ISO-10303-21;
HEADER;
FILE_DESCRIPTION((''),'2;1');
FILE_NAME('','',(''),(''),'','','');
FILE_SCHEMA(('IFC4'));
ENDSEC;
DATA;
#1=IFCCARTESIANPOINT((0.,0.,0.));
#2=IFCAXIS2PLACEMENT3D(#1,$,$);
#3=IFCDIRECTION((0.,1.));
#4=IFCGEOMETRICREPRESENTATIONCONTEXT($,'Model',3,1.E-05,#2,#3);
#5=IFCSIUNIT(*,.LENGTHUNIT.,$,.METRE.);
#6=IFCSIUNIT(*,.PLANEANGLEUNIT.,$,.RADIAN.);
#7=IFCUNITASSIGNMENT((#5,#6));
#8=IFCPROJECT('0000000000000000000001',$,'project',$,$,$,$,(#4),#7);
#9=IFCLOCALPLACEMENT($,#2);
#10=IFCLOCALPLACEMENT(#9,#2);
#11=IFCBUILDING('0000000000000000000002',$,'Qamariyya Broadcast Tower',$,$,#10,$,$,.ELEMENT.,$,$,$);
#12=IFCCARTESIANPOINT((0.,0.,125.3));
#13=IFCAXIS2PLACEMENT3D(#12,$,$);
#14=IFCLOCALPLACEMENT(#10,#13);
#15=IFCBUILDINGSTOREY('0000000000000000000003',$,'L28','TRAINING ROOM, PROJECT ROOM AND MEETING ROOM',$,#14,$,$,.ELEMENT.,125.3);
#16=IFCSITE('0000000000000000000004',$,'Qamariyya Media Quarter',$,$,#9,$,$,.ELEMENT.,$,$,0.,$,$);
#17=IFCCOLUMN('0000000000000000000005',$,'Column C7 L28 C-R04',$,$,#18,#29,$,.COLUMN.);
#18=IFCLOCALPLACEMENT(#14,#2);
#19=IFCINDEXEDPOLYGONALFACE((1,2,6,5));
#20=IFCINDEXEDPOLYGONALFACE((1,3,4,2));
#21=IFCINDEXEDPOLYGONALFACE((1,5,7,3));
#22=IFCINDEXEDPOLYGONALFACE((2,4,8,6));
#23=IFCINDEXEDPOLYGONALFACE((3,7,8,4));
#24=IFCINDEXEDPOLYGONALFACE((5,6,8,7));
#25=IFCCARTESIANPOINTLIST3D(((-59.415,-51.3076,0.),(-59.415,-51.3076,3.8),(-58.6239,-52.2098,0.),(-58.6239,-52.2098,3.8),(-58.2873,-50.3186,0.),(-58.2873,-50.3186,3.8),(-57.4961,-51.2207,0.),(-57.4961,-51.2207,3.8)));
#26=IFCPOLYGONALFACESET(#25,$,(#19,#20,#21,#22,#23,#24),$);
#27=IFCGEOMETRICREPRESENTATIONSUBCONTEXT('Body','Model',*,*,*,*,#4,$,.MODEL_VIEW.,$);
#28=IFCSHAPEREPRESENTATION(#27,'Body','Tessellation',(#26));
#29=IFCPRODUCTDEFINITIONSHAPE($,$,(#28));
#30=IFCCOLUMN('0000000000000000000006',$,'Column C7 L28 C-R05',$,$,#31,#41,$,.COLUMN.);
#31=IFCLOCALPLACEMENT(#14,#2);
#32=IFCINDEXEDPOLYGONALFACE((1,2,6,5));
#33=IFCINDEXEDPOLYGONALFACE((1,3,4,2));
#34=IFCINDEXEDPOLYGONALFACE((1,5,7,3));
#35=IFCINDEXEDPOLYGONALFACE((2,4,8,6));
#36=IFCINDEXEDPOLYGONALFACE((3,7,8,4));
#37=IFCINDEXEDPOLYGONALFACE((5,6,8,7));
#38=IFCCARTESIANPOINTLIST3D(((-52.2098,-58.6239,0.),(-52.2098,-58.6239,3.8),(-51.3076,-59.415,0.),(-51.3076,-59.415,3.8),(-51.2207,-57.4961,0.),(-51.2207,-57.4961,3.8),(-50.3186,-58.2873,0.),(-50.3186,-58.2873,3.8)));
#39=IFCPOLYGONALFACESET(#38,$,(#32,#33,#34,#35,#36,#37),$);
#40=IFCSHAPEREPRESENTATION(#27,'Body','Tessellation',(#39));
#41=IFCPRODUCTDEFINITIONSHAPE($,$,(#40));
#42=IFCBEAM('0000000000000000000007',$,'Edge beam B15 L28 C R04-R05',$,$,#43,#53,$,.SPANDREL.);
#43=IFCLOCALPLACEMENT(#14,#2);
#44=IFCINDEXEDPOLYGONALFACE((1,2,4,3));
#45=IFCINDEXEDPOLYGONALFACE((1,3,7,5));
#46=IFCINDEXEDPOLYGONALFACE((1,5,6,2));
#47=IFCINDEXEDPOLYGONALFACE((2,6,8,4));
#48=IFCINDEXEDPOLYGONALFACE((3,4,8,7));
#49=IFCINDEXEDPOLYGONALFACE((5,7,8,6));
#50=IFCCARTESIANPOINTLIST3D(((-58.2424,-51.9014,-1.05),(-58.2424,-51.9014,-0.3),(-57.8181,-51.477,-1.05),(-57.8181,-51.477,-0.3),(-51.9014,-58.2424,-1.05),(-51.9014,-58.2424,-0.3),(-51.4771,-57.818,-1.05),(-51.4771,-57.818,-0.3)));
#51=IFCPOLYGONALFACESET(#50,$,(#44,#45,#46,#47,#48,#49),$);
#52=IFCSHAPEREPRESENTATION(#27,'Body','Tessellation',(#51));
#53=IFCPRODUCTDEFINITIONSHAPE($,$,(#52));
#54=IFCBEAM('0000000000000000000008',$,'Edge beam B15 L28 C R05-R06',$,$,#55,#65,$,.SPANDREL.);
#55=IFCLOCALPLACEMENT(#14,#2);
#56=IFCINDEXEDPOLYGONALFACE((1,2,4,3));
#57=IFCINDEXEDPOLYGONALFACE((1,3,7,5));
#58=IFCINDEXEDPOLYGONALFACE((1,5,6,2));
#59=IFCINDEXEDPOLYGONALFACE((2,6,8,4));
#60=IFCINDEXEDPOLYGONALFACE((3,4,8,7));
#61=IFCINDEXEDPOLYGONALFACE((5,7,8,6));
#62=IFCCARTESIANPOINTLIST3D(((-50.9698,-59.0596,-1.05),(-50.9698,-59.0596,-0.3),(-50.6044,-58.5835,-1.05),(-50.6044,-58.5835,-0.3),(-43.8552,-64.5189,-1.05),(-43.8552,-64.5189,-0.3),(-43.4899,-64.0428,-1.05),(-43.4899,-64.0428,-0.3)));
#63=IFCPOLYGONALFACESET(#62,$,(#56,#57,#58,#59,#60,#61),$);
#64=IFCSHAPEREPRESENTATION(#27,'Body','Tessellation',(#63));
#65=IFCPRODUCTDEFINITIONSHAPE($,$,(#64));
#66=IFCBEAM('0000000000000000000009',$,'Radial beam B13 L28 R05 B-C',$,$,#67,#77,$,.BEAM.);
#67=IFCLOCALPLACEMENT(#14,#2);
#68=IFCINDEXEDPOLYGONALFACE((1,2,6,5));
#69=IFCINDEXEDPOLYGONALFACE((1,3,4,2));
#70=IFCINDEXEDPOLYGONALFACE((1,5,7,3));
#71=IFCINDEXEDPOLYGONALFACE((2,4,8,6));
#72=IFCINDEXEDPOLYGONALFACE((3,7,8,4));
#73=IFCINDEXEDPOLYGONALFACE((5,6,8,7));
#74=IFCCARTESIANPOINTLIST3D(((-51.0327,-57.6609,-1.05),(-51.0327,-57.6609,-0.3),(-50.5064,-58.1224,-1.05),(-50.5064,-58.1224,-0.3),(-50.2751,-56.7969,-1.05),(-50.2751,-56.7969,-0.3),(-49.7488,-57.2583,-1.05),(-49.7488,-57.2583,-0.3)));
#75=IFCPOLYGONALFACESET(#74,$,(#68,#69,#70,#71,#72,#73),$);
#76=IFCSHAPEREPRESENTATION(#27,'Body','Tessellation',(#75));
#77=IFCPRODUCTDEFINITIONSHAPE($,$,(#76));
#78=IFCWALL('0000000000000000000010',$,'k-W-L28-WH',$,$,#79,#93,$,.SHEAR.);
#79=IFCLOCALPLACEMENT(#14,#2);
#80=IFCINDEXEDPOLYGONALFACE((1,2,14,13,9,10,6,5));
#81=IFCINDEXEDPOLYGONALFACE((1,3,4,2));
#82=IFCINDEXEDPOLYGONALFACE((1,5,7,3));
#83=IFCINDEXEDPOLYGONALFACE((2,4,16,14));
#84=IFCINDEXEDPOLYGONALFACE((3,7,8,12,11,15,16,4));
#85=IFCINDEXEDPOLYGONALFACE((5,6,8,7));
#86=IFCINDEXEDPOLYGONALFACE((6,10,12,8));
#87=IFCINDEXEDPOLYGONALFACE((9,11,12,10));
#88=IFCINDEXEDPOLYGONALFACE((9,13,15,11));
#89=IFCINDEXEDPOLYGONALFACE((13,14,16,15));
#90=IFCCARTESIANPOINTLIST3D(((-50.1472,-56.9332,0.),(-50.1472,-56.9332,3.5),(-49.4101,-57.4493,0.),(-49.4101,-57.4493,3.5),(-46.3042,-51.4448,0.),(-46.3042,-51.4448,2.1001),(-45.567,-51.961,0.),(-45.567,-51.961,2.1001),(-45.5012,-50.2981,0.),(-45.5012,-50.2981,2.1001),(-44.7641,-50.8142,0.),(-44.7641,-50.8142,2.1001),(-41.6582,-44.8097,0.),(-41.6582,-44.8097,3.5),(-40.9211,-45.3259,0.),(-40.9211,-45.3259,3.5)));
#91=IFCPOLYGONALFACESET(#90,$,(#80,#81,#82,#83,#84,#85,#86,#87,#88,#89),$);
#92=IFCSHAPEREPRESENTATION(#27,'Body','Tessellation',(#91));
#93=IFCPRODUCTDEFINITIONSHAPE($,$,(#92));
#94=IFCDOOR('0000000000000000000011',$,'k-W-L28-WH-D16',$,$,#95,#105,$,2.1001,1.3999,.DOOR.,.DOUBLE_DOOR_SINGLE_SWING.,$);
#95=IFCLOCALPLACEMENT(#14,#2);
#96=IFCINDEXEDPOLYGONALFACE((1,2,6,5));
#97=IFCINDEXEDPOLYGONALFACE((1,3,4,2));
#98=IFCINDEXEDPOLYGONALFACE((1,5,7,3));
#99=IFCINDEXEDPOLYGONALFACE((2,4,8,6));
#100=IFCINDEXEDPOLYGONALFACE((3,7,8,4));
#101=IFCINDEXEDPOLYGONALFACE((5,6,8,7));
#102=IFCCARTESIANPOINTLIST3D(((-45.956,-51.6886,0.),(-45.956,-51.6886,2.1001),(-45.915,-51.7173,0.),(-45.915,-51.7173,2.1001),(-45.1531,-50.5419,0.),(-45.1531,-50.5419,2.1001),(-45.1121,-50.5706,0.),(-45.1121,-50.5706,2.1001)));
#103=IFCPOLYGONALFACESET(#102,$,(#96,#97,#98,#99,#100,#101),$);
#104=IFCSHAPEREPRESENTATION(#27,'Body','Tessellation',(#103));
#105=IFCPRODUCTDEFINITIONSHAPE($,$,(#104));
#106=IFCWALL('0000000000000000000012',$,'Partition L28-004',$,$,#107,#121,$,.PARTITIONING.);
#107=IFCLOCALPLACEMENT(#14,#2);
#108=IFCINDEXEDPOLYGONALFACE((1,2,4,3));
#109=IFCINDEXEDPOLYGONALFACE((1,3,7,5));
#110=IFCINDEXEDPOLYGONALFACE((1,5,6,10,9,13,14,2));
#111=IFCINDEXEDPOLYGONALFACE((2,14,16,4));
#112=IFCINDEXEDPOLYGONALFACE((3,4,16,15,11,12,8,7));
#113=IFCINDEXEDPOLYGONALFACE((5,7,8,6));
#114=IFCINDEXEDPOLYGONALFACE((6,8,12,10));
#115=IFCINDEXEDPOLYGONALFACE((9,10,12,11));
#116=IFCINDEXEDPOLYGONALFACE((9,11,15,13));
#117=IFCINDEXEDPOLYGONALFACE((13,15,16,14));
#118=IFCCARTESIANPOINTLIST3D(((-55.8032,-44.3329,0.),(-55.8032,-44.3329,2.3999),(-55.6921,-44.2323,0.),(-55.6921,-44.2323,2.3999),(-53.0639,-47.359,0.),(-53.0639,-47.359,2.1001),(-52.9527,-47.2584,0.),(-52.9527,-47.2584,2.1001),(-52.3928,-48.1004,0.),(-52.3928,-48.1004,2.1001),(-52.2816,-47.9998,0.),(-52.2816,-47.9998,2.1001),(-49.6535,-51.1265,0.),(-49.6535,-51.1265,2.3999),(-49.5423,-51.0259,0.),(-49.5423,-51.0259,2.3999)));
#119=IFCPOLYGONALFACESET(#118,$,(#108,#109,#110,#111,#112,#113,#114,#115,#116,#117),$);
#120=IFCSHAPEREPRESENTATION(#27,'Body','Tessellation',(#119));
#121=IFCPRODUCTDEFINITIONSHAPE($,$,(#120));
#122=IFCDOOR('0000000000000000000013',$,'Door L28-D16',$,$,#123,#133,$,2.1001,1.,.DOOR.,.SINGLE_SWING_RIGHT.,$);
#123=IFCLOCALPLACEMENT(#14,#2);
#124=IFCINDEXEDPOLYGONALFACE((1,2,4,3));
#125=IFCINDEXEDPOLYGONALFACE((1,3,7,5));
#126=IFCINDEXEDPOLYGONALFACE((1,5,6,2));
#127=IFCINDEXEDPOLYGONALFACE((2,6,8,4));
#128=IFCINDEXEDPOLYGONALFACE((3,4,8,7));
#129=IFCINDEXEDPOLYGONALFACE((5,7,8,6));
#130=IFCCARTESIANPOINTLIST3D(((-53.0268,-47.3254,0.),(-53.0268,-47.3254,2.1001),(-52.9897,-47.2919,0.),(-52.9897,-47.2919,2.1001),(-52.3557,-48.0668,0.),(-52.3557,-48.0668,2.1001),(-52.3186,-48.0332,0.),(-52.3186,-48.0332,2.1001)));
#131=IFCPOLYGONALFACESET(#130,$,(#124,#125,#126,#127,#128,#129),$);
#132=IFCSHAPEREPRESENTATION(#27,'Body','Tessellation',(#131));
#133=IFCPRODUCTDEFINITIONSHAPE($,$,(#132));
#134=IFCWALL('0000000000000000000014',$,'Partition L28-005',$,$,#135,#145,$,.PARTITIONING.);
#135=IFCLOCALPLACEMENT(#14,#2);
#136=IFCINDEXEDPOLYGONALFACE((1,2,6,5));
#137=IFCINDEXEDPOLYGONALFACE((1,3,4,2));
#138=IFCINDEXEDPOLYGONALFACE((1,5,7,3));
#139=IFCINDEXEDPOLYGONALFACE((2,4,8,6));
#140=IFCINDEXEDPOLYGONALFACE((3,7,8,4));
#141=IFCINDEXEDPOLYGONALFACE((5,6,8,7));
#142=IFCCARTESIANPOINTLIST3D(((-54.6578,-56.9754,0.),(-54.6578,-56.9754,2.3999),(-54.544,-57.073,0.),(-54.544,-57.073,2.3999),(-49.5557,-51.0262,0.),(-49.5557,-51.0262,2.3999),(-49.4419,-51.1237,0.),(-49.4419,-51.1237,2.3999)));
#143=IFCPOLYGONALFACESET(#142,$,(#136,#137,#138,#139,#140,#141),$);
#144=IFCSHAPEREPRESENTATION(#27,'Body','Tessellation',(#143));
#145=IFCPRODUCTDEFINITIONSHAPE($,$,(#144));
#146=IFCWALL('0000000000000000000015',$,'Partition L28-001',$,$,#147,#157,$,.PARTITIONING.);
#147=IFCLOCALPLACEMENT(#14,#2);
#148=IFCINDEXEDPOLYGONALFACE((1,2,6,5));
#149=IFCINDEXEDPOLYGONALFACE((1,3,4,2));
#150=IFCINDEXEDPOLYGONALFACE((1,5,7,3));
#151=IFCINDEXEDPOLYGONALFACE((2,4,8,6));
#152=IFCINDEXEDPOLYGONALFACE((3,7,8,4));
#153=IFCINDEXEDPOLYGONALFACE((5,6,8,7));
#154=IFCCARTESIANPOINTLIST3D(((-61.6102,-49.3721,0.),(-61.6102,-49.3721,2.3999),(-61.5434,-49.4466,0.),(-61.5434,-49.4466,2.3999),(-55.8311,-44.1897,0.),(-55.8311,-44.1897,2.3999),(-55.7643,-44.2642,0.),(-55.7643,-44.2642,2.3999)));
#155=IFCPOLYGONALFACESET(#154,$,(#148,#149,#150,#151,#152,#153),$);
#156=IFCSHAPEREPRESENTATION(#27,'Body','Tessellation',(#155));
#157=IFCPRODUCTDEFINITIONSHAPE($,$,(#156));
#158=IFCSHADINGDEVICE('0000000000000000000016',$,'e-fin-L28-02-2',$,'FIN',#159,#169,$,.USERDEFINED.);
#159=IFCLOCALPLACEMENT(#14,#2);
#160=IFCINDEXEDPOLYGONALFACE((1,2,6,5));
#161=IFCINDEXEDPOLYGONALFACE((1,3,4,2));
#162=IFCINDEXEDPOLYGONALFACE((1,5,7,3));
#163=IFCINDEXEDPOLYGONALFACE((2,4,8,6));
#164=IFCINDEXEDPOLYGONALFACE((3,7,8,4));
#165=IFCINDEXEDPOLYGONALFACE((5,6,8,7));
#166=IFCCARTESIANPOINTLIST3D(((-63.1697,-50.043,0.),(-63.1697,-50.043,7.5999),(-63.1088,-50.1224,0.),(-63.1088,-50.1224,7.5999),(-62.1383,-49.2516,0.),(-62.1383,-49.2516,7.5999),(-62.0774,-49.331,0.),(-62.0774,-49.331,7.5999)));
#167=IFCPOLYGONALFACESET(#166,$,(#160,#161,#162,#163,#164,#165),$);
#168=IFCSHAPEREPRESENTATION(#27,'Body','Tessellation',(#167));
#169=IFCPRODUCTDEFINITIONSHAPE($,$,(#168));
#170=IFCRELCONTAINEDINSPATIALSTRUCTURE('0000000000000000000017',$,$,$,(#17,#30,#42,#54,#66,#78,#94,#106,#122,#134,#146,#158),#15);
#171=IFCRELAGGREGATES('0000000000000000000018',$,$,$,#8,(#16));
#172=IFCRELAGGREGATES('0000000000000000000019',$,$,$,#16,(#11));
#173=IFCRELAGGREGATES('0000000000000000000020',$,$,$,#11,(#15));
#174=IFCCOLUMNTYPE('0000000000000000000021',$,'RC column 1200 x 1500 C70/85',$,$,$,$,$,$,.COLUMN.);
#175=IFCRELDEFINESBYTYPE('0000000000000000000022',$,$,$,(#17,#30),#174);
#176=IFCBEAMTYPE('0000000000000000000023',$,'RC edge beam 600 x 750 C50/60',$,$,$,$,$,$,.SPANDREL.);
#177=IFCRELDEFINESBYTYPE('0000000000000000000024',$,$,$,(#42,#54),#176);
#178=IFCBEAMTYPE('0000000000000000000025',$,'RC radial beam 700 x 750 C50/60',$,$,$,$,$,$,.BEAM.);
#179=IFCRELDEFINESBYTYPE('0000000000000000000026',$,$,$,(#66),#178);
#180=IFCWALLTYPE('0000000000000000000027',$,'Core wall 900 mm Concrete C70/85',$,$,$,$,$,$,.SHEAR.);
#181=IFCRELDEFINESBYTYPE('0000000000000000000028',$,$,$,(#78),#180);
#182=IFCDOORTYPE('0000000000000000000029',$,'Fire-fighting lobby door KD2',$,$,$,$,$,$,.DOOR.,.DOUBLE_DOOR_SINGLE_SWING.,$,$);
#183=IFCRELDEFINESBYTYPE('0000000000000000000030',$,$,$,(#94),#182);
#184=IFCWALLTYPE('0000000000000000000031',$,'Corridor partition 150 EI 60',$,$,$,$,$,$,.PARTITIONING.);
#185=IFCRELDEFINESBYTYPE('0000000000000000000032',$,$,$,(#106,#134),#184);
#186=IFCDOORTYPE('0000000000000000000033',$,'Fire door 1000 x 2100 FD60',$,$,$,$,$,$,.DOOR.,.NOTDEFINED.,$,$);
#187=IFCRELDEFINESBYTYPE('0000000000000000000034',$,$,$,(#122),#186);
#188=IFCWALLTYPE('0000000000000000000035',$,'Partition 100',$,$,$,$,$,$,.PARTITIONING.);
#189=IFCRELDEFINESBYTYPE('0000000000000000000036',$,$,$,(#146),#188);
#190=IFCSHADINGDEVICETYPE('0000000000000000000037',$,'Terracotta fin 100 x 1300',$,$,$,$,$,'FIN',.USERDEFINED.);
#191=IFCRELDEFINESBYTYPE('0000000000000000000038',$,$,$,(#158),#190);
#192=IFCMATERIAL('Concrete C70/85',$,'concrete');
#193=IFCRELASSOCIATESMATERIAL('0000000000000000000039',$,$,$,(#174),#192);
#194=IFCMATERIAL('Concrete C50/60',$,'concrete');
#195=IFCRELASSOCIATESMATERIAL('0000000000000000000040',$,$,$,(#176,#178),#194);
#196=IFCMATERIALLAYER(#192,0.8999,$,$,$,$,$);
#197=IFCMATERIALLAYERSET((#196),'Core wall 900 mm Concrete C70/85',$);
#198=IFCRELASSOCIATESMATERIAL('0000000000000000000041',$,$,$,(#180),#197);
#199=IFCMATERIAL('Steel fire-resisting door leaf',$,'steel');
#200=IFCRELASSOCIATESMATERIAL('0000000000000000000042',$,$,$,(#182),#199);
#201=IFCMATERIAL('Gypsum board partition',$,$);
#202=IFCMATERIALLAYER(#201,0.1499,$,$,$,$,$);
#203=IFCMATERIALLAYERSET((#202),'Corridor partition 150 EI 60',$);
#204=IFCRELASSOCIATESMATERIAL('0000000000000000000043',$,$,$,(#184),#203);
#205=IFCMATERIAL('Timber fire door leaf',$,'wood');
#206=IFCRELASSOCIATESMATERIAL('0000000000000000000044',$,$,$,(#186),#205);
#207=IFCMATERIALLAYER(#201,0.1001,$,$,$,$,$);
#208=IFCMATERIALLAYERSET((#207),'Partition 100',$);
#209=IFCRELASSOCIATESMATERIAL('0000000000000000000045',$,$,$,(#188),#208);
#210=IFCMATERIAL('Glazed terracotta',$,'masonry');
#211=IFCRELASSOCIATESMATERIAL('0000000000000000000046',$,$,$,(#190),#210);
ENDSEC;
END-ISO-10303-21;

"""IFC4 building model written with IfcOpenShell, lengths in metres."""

from ifc_helpers import new_model, si_unit, direction, frame, frame_2d, origin, origin_2d, place, context, subcontext, project, spatial, rectangle, extrude, material, layer, layer_set, material_profile, profile_set, type_object, element, fill, save


model = new_model("IFC4")

# Units and contexts
model_context = context("Model", 3, precision=1e-05, world=origin(), true_north=direction((0.0, 1.0)))
body_context = subcontext(model_context, "Body", "Model", "MODEL_VIEW")
ifc_project = project(units=[si_unit("LENGTHUNIT", "METRE"), si_unit("PLANEANGLEUNIT", "RADIAN")], contexts=[model_context])

# Site, building, storey
site_placement = place(None, origin())
site = spatial("IfcSite", under=ifc_project, at=site_placement, Name="Qamariyya Media Quarter", CompositionType="ELEMENT", RefElevation=0.0)
building_placement = place(site_placement, origin())
building = spatial("IfcBuilding", under=site, at=building_placement, Name="Qamariyya Broadcast Tower", CompositionType="ELEMENT")
storey_placement = place(building_placement, frame((0.0, 0.0, 125.3)))
storey = spatial("IfcBuildingStorey", under=building, at=storey_placement, Name="L28", Description="TRAINING ROOM, PROJECT ROOM AND MEETING ROOM", CompositionType="ELEMENT", Elevation=125.3)

# Columns
ifc_material_1 = material(Name="Concrete C70/85", Category="concrete")
ifc_material_profile_1 = material_profile(ifc_material_1, rectangle(XDim=1.2, YDim=1.5, at=origin_2d()))
ifc_profile_set_1 = profile_set([ifc_material_profile_1], Name="Concrete C70/85")
column_type = type_object("IfcColumnType", Name="RC column 1200 x 1500 C70/85", PredefinedType="COLUMN", material=ifc_profile_set_1)
for number, where, z_axis, x_axis, name in (
    (1, (-58.4556, -51.2642, 0.0), (0.0, 0.0, 1.0), (0.659346, -0.75184, 0.0), "Column C7 L28 C-R04"),
    (2, (-51.2642, -58.4556, 0.0), (0.0, 0.0, 1.0), (0.75184, -0.659346, 0.0), "Column C7 L28 C-R05"),
):
    element("IfcColumn", number, at=place(storey_placement, frame(where, z_axis=z_axis, x_axis=x_axis)), inside=storey, type_object=column_type, Name=name, PredefinedType="COLUMN", context=body_context, shape_type="SweptSolid", body=[
        extrude(rectangle(XDim=1.2, YDim=1.5, at=origin_2d()), origin(), (0.0, 0.0, 1.0), 3.8),
    ])

# Beams
ifc_material_2 = material(Name="Concrete C50/60", Category="concrete")
ifc_material_profile_2 = material_profile(ifc_material_2, rectangle(XDim=0.6001, YDim=0.75, at=origin_2d()))
ifc_profile_set_2 = profile_set([ifc_material_profile_2], Name="Concrete C50/60")
beam_type_1 = type_object("IfcBeamType", Name="RC edge beam 600 x 750 C50/60", PredefinedType="SPANDREL", material=ifc_profile_set_2)
beam_1_placement = place(storey_placement, frame((-58.0303, -51.6892, -0.675), z_axis=(0.707107, -0.707107, 0.0), x_axis=(0.707107, 0.707107, 0.0)))
element("IfcBeam", 3, at=beam_1_placement, inside=storey, type_object=beam_type_1, Name="Edge beam B15 L28 C R04-R05", PredefinedType="SPANDREL", context=body_context, shape_type="SweptSolid", body=[
    extrude(rectangle(XDim=0.6001, YDim=0.75, at=origin_2d()), origin(), (0.0, 0.0, 1.0), 8.9675),
])
beam_2_placement = place(storey_placement, frame((-50.7871, -58.8215, -0.675), z_axis=(0.793349, -0.608767, 0.0), x_axis=(0.608767, 0.793349, 0.0)))
element("IfcBeam", 4, at=beam_2_placement, inside=storey, type_object=beam_type_1, Name="Edge beam B15 L28 C R05-R06", PredefinedType="SPANDREL", context=body_context, shape_type="SweptSolid", body=[
    extrude(rectangle(XDim=0.6001, YDim=0.75, at=origin_2d()), origin(), (0.0, 0.0, 1.0), 8.9678),
])
ifc_material_profile_3 = material_profile(ifc_material_2, rectangle(XDim=0.7, YDim=0.75, at=origin_2d()))
ifc_profile_set_3 = profile_set([ifc_material_profile_3], Name="Concrete C50/60")
beam_type_2 = type_object("IfcBeamType", Name="RC radial beam 700 x 750 C50/60", PredefinedType="BEAM", material=ifc_profile_set_3)
beam_3_placement = place(storey_placement, frame((-50.012, -57.0276, -0.675), z_axis=(-0.659271, -0.751905, 0.0), x_axis=(0.751905, -0.659271, 0.0)))
element("IfcBeam", 5, at=beam_3_placement, inside=storey, type_object=beam_type_2, Name="Radial beam B13 L28 R05 B-C", PredefinedType="BEAM", context=body_context, shape_type="SweptSolid", body=[
    extrude(rectangle(XDim=0.7, YDim=0.75, at=origin_2d()), origin(), (0.0, 0.0, 1.0), 1.1492),
])

# Walls, openings, doors
ifc_layer_1 = layer(ifc_material_1, 0.8999)
ifc_layer_set_1 = layer_set([ifc_layer_1], Name="Core wall 900 mm Concrete C70/85")
wall_type_1 = type_object("IfcWallType", Name="Core wall 900 mm Concrete C70/85", PredefinedType="SHEAR", material=ifc_layer_set_1)
wall_1_placement = place(storey_placement, frame((-49.7786, -57.1912, 0.0), z_axis=(0.0, 0.0, 1.0), x_axis=(0.573577, 0.819151, 0.0)))
wall_1 = element("IfcWall", 6, at=wall_1_placement, inside=storey, type_object=wall_type_1, Name="k-W-L28-WH", PredefinedType="SHEAR", context=body_context, shape_type="SweptSolid", body=[
    extrude(rectangle(XDim=14.8, YDim=0.8999, at=frame_2d((7.3999, 0.0))), origin(), (0.0, 0.0, 1.0), 3.5),
])
opening_1_placement = place(wall_1_placement, frame((6.7, 0.0, 0.0)))
opening_1 = element("IfcOpeningElement", 7, at=opening_1_placement, cuts=wall_1, PredefinedType="OPENING", context=body_context, shape_type="SweptSolid", body=[
    extrude(rectangle(XDim=1.3999, YDim=2.1001, at=frame_2d((0.7, 1.05))), frame((0.0, 0.46, 0.0), z_axis=(0.0, -1.0, 0.0), x_axis=(1.0, 0.0, 0.0)), (0.0, 0.0, 1.0), 0.9199),
])
ifc_material_3 = material(Name="Steel fire-resisting door leaf", Category="steel")
door_type_1 = type_object("IfcDoorType", Name="Fire-fighting lobby door KD2", OperationType="DOUBLE_DOOR_SINGLE_SWING", PredefinedType="DOOR", material=ifc_material_3)
door_1_placement = place(opening_1_placement, origin())
door_1 = element("IfcDoor", 8, at=door_1_placement, inside=storey, type_object=door_type_1, Name="k-W-L28-WH-D16", OperationType="DOUBLE_DOOR_SINGLE_SWING", OverallHeight=2.1001, OverallWidth=1.3999, PredefinedType="DOOR", context=body_context, shape_type="SweptSolid", body=[
    extrude(rectangle(XDim=1.3999, YDim=2.1001, at=frame_2d((0.7, 1.05))), frame((0.0, 0.0249, 0.0), z_axis=(0.0, -1.0, 0.0), x_axis=(1.0, 0.0, 0.0)), (0.0, 0.0, 1.0), 0.05),
])
fill(opening_1, door_1)
ifc_material_4 = material(Name="Gypsum board partition")
ifc_layer_2 = layer(ifc_material_4, 0.1499)
ifc_layer_set_2 = layer_set([ifc_layer_2], Name="Corridor partition 150 EI 60")
wall_type_2 = type_object("IfcWallType", Name="Corridor partition 150 EI 60", PredefinedType="PARTITIONING", material=ifc_layer_set_2)
wall_2_placement = place(storey_placement, frame((-49.5979, -51.0762, 0.0), z_axis=(0.0, 0.0, 1.0), x_axis=(-0.671105, 0.741362, 0.0)))
wall_2 = element("IfcWall", 9, at=wall_2_placement, inside=storey, type_object=wall_type_2, Name="Partition L28-004", PredefinedType="PARTITIONING", context=body_context, shape_type="SweptSolid", body=[
    extrude(rectangle(XDim=9.1636, YDim=0.1499, at=frame_2d((4.5818, 0.0))), origin(), (0.0, 0.0, 1.0), 2.3999),
])
opening_2_placement = place(wall_2_placement, frame((4.0818, 0.0, 0.0)))
opening_2 = element("IfcOpeningElement", 10, at=opening_2_placement, cuts=wall_2, PredefinedType="OPENING", context=body_context, shape_type="SweptSolid", body=[
    extrude(rectangle(XDim=1.0, YDim=2.1001, at=frame_2d((0.5, 1.05))), frame((0.0, 0.085, 0.0), z_axis=(0.0, -1.0, 0.0), x_axis=(1.0, 0.0, 0.0)), (0.0, 0.0, 1.0), 0.1699),
])
ifc_material_5 = material(Name="Timber fire door leaf", Category="wood")
door_type_2 = type_object("IfcDoorType", Name="Fire door 1000 x 2100 FD60", OperationType="NOTDEFINED", PredefinedType="DOOR", material=ifc_material_5)
door_2_placement = place(opening_2_placement, origin())
door_2 = element("IfcDoor", 11, at=door_2_placement, inside=storey, type_object=door_type_2, Name="Door L28-D16", OperationType="SINGLE_SWING_RIGHT", OverallHeight=2.1001, OverallWidth=1.0, PredefinedType="DOOR", context=body_context, shape_type="SweptSolid", body=[
    extrude(rectangle(XDim=1.0, YDim=2.1001, at=frame_2d((0.5, 1.05))), frame((0.0, 0.0249, 0.0), z_axis=(0.0, -1.0, 0.0), x_axis=(1.0, 0.0, 0.0)), (0.0, 0.0, 1.0), 0.05),
])
fill(opening_2, door_2)

# Walls
wall_3_placement = place(storey_placement, frame((-49.4988, -51.075, 0.0), z_axis=(0.0, 0.0, 1.0), x_axis=(-0.650991, -0.759085, 0.0)))
element("IfcWall", 12, at=wall_3_placement, inside=storey, type_object=wall_type_2, Name="Partition L28-005", PredefinedType="PARTITIONING", context=body_context, shape_type="SweptSolid", body=[
    extrude(rectangle(XDim=7.8374, YDim=0.1499, at=frame_2d((3.9187, 0.0))), origin(), (0.0, 0.0, 1.0), 2.3999),
])
ifc_layer_3 = layer(ifc_material_4, 0.1001)
ifc_layer_set_3 = layer_set([ifc_layer_3], Name="Partition 100")
wall_type_3 = type_object("IfcWallType", Name="Partition 100", PredefinedType="PARTITIONING", material=ifc_layer_set_3)
wall_4_placement = place(storey_placement, frame((-61.5769, -49.4094, 0.0), z_axis=(0.0, 0.0, 1.0), x_axis=(0.744496, 0.667627, 0.0)))
element("IfcWall", 13, at=wall_4_placement, inside=storey, type_object=wall_type_3, Name="Partition L28-001", PredefinedType="PARTITIONING", context=body_context, shape_type="SweptSolid", body=[
    extrude(rectangle(XDim=7.7625, YDim=0.1001, at=frame_2d((3.8813, 0.0))), origin(), (0.0, 0.0, 1.0), 2.3999),
])

# Shading device
ifc_material_6 = material(Name="Glazed terracotta", Category="masonry")
ifc_material_profile_4 = material_profile(ifc_material_6, rectangle(XDim=1.3, YDim=0.1001, at=origin_2d()))
ifc_profile_set_4 = profile_set([ifc_material_profile_4], Name="Glazed terracotta")
shading_device_type_1 = type_object("IfcShadingDeviceType", Name="Terracotta fin 100 x 1300", ElementType="FIN", PredefinedType="USERDEFINED", material=ifc_profile_set_4)
for number, where, z_axis, x_axis, name in (
    (14, (-62.6235, -49.687, 0.0), (0.0, 0.0, 1.0), (-0.793353, -0.608761, 0.0), "e-fin-L28-02-2"),
):
    element("IfcShadingDevice", number, at=place(storey_placement, frame(where, z_axis=z_axis, x_axis=x_axis)), inside=storey, type_object=shading_device_type_1, Name=name, ObjectType="FIN", PredefinedType="USERDEFINED", context=body_context, shape_type="SweptSolid", body=[
        extrude(rectangle(XDim=1.3, YDim=0.1001, at=origin_2d()), origin(), (0.0, 0.0, 1.0), 7.5999),
    ])

save(model, "model.ifc")
